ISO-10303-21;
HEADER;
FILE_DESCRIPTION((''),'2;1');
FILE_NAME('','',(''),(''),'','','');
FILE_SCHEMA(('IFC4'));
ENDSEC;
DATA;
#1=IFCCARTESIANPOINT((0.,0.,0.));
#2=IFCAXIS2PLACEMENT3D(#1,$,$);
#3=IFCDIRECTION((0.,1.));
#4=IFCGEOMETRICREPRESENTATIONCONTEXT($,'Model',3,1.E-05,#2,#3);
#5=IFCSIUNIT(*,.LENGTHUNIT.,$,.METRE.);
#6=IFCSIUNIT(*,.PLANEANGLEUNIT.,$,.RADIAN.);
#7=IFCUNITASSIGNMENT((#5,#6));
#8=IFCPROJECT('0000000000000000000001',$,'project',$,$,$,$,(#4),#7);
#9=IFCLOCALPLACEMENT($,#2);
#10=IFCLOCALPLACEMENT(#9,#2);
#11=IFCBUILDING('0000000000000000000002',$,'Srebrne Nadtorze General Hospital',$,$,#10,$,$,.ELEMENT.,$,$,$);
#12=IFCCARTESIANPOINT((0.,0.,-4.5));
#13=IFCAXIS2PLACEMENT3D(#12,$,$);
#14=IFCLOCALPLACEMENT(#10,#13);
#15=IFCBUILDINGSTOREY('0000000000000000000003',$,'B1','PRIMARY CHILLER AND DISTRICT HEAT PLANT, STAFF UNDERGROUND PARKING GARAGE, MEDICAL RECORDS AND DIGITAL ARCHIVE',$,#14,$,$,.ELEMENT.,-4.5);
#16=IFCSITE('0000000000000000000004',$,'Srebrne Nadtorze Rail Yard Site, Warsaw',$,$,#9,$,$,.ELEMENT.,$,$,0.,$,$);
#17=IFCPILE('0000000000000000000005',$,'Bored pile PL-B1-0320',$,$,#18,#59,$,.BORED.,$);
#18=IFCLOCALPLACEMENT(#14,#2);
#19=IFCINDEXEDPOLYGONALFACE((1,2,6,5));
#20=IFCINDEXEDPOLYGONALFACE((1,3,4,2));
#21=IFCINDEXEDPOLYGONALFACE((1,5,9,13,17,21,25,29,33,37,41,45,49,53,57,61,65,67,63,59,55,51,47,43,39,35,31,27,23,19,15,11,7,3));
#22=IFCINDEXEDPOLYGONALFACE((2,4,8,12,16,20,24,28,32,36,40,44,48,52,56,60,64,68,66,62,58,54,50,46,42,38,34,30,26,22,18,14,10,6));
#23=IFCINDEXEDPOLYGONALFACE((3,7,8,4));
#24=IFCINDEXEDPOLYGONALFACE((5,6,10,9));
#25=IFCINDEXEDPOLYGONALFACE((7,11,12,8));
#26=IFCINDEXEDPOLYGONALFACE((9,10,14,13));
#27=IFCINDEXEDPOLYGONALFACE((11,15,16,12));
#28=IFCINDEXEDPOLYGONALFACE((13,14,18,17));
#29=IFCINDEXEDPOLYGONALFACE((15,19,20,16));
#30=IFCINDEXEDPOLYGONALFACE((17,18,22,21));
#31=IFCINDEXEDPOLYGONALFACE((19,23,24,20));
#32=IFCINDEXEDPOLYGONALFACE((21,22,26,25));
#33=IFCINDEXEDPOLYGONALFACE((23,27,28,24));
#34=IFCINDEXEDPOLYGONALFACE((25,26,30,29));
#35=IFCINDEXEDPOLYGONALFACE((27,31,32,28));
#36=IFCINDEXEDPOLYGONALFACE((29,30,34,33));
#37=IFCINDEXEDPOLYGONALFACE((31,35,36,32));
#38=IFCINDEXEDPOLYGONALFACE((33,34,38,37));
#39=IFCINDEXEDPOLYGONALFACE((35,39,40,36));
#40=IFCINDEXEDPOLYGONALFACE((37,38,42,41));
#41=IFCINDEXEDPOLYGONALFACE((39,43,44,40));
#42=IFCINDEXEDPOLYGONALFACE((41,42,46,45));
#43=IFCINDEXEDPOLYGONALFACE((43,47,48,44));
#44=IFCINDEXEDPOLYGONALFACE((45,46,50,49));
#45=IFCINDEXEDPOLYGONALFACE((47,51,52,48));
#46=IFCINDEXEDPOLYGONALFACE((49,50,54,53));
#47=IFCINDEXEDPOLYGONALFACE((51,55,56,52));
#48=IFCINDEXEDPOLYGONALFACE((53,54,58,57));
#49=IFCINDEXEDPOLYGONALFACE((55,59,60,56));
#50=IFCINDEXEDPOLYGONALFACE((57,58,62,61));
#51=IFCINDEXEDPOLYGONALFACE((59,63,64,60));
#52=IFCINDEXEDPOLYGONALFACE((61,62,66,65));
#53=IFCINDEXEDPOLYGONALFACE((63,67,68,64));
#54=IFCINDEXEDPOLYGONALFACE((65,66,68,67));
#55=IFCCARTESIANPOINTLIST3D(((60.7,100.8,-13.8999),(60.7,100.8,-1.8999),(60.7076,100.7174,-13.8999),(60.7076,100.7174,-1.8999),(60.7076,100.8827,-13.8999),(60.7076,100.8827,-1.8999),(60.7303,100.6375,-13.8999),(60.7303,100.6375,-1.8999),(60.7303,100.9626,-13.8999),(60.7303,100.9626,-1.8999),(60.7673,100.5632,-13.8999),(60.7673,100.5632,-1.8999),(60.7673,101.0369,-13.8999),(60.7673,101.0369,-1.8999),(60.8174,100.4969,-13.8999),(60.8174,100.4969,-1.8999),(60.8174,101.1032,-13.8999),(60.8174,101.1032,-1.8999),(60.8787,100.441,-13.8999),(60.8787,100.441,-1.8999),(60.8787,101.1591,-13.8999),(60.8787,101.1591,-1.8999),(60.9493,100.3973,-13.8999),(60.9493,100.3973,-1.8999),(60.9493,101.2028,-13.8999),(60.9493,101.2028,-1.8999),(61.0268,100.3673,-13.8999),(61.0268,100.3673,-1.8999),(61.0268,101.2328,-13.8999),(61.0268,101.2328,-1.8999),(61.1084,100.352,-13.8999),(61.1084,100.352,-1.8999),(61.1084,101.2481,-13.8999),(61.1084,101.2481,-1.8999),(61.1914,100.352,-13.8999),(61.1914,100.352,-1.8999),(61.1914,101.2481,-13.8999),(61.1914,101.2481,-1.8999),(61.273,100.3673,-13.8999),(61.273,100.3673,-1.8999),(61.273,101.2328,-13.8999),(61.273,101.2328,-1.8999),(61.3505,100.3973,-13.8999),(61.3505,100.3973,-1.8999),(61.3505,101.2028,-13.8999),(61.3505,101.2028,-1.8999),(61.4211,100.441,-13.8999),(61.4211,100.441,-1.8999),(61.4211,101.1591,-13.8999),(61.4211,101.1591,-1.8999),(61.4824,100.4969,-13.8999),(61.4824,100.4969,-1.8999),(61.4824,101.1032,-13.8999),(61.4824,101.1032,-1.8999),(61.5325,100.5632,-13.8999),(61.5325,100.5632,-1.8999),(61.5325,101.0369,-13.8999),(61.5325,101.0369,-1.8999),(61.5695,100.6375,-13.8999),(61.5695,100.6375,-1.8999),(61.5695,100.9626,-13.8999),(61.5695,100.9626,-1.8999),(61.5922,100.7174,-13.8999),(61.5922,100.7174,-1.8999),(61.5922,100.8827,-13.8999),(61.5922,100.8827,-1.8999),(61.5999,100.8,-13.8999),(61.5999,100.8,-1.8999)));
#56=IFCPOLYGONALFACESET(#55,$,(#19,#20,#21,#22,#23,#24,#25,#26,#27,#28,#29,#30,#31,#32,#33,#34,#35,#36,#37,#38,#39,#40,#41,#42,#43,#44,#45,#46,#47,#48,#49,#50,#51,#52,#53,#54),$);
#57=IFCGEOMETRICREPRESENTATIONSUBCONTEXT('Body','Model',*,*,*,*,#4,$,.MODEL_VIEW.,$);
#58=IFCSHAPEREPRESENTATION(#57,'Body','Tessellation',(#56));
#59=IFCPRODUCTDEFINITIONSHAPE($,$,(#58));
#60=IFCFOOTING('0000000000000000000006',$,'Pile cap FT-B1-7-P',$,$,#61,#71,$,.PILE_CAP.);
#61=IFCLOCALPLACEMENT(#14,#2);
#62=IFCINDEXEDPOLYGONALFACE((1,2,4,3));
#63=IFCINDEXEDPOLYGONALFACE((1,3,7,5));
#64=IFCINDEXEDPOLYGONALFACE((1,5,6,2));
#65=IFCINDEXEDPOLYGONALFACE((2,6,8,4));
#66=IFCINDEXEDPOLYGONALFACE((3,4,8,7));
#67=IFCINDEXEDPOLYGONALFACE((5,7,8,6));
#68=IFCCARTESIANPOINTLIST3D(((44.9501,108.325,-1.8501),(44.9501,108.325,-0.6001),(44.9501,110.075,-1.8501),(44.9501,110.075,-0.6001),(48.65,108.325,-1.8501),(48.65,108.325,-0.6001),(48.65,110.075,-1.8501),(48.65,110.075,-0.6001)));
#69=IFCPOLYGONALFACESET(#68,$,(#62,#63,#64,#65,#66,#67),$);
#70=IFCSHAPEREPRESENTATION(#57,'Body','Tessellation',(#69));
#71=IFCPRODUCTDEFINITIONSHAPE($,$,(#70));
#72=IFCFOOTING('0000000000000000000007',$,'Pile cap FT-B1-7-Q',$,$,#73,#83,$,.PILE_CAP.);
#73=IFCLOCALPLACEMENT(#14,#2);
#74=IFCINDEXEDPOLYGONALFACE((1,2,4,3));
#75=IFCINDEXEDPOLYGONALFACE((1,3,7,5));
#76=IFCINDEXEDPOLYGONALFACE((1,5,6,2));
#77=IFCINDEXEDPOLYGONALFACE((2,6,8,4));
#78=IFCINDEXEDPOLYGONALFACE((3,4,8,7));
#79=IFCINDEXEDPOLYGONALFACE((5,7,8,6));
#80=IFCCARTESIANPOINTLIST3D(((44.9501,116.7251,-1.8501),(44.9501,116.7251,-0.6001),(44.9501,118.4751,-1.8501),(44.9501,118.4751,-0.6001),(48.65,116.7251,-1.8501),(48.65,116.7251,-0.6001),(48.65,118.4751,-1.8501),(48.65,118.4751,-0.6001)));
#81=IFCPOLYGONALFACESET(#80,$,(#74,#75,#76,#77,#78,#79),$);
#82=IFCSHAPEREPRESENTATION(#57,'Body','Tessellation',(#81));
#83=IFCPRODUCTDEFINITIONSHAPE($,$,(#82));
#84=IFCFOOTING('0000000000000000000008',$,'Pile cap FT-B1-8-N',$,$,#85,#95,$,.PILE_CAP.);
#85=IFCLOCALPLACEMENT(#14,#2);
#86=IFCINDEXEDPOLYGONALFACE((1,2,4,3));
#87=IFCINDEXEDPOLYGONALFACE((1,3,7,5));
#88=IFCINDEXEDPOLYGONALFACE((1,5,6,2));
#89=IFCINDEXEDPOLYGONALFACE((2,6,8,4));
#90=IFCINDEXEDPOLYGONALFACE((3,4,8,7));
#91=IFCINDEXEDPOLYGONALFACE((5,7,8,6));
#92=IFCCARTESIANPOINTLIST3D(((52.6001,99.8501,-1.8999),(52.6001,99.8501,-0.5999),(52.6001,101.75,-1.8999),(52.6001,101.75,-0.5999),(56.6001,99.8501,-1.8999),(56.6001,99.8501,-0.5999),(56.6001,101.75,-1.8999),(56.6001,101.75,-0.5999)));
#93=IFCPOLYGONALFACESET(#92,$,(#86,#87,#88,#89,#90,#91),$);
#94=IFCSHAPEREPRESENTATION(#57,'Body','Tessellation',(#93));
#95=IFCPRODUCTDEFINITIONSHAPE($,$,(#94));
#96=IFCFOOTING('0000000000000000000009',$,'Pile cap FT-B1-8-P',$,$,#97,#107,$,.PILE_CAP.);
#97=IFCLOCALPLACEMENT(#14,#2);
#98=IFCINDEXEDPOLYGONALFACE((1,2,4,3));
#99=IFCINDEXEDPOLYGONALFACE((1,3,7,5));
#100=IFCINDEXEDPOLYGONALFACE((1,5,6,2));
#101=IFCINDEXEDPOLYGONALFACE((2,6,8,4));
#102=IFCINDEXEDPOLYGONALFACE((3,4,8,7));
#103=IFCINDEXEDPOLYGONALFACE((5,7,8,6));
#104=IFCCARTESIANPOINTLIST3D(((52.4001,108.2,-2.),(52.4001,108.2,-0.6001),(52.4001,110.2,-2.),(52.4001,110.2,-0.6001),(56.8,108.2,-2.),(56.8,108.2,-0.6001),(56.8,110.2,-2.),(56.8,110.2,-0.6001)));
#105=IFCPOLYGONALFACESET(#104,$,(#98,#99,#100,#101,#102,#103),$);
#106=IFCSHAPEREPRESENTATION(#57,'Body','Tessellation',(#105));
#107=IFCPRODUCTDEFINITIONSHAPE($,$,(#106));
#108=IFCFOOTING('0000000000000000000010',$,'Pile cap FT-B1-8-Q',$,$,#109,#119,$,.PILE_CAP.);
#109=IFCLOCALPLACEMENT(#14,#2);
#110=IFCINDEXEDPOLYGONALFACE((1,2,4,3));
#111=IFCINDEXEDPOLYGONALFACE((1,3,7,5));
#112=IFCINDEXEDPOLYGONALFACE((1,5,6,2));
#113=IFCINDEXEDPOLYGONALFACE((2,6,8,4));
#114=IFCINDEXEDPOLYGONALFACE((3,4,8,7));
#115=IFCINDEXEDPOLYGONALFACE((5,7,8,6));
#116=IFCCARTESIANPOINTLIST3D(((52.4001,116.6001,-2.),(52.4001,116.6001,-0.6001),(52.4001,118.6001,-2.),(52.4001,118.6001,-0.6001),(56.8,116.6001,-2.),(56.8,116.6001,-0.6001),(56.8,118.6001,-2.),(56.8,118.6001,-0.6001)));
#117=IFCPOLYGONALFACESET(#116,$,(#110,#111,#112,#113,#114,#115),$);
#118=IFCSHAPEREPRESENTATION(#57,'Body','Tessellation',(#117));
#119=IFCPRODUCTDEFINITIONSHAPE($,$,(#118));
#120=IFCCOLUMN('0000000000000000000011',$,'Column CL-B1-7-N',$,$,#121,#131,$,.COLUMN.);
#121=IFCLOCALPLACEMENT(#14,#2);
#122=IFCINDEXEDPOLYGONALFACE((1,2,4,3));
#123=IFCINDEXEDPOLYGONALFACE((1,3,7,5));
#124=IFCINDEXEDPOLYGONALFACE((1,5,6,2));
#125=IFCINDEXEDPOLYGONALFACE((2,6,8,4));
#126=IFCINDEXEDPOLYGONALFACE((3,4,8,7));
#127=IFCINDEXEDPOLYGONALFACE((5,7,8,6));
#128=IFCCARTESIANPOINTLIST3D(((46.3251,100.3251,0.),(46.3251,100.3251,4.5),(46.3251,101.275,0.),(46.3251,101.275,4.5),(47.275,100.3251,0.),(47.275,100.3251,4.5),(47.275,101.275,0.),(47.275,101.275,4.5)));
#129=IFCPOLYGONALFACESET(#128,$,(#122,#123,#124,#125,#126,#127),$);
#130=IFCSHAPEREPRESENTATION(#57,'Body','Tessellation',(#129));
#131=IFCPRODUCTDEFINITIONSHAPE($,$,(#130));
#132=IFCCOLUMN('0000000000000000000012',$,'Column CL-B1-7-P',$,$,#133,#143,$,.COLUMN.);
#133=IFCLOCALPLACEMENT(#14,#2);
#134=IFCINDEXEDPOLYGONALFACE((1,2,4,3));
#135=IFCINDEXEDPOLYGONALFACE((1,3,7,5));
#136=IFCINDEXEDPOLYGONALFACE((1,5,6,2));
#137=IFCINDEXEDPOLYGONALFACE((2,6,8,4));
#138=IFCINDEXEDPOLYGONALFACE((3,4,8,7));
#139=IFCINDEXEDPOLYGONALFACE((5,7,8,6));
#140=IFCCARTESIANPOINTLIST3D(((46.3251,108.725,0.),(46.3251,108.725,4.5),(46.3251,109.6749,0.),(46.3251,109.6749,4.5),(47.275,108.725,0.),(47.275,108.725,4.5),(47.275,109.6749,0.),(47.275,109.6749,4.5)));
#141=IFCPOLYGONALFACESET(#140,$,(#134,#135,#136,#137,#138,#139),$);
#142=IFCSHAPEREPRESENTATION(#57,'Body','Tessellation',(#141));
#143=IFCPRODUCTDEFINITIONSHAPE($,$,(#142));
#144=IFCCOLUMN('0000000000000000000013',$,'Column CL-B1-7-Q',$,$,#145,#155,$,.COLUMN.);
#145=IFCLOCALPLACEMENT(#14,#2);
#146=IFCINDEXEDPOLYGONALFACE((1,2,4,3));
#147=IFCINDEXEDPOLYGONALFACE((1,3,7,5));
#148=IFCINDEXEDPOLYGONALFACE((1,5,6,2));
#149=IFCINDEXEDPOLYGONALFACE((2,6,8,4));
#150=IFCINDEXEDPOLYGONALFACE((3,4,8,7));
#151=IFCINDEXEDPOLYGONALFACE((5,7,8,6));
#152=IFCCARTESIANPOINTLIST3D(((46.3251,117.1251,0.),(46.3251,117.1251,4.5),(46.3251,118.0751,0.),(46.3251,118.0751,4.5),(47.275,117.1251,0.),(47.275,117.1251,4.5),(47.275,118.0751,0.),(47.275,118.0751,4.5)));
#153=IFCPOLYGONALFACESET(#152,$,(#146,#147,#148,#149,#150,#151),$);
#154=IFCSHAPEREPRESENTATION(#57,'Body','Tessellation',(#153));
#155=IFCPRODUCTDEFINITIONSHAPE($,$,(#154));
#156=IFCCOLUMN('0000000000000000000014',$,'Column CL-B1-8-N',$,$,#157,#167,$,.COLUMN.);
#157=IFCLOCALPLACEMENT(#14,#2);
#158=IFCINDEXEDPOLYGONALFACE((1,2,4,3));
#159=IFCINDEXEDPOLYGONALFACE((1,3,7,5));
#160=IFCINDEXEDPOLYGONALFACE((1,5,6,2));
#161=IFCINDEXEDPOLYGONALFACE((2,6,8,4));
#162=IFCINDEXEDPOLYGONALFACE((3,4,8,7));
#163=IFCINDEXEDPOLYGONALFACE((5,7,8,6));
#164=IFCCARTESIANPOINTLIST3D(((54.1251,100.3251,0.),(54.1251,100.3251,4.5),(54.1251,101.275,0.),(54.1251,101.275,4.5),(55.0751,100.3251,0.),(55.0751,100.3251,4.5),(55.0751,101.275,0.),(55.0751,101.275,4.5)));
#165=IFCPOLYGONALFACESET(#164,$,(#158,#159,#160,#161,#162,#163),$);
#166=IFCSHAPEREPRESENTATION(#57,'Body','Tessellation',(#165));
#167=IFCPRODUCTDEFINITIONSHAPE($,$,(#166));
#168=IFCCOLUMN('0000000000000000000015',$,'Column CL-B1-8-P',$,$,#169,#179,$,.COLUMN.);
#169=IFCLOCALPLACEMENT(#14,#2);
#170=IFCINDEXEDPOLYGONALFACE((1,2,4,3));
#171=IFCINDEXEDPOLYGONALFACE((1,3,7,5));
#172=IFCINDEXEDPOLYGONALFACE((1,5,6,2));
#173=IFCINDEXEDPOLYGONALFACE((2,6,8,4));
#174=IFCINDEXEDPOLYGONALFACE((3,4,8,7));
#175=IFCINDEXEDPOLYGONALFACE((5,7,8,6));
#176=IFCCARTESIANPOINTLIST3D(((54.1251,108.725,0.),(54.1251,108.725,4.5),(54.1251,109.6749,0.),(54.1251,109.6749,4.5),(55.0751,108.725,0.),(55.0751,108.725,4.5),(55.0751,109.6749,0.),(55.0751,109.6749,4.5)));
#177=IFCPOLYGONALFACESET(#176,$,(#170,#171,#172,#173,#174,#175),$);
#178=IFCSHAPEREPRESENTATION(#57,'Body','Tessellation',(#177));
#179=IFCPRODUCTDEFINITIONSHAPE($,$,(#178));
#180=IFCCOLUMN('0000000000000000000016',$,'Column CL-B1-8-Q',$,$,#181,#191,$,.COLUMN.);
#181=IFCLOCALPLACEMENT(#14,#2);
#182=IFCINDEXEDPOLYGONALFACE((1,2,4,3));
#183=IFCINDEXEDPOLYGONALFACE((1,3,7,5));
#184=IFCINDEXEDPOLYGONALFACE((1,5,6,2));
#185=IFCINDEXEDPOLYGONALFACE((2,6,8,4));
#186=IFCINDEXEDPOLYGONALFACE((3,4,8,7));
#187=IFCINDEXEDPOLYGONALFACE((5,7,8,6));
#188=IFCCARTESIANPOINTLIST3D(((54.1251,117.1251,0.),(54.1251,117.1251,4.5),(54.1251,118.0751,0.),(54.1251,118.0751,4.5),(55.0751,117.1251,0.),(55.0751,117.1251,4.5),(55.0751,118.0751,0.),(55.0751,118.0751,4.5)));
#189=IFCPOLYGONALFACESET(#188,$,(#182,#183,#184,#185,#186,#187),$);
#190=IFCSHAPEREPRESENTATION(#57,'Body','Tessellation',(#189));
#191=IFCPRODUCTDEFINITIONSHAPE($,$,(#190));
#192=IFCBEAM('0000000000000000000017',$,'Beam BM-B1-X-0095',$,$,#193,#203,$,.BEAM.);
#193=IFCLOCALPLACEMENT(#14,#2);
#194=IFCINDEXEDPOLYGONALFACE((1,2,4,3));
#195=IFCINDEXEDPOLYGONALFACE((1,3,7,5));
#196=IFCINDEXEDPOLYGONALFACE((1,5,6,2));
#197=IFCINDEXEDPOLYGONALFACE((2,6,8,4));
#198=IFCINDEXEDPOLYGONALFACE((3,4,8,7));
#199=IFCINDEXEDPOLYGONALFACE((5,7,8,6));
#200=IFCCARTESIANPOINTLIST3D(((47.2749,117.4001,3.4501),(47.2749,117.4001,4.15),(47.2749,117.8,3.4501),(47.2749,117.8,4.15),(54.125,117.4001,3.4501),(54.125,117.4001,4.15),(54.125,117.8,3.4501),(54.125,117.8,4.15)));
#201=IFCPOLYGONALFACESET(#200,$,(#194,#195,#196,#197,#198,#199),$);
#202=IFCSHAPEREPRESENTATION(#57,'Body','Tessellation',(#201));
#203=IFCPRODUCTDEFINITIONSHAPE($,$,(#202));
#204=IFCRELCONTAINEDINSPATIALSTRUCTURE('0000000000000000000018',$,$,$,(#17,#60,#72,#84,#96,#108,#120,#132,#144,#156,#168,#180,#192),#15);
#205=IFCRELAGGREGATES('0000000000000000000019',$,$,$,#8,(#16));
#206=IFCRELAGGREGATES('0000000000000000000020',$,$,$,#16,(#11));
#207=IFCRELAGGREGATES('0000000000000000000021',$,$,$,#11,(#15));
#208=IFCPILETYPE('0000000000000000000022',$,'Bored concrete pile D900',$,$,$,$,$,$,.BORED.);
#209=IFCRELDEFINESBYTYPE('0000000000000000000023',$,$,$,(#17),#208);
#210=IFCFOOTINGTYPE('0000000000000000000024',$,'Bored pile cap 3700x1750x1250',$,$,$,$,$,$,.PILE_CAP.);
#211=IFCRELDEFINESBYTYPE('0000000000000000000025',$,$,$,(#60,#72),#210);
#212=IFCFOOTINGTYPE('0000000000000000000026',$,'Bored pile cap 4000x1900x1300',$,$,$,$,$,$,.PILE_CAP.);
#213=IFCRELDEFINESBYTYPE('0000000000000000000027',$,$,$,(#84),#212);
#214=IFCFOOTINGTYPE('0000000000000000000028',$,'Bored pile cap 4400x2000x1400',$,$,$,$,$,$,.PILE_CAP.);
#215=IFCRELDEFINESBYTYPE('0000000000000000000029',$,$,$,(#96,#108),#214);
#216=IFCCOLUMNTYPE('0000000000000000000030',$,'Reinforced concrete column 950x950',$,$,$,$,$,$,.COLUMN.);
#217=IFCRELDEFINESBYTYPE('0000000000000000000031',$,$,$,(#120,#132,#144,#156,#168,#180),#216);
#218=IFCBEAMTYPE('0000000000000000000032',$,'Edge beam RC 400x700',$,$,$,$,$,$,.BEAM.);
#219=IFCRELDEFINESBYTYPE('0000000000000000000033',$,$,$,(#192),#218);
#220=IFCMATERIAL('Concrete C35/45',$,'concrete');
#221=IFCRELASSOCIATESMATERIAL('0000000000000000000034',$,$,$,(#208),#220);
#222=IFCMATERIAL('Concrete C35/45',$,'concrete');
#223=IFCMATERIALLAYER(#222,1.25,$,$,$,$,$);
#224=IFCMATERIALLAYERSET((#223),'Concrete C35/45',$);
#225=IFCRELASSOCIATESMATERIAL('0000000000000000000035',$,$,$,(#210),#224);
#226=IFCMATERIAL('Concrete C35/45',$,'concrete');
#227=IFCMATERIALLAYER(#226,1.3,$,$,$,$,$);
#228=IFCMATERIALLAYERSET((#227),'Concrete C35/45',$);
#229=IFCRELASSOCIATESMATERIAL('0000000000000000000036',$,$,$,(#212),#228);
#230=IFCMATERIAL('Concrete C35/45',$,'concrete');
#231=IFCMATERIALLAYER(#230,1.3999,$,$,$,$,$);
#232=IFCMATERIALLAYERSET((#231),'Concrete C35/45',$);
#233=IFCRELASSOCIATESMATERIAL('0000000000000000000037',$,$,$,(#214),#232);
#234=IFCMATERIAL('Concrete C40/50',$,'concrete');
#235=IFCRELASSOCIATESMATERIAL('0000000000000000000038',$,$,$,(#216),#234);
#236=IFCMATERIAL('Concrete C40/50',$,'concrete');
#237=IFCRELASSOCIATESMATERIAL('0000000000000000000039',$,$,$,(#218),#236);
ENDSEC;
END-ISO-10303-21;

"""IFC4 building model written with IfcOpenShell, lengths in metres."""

from ifc_helpers import new_model, si_unit, direction, frame, origin, origin_2d, place, context, subcontext, project, spatial, rectangle, circle, extrude, material, layer, layer_set, material_profile, profile_set, type_object, element, save


model = new_model("IFC4")

# Units and contexts
model_context = context("Model", 3, precision=1e-05, world=origin(), true_north=direction((0.0, 1.0)))
body_context = subcontext(model_context, "Body", "Model", "MODEL_VIEW")
ifc_project = project(units=[si_unit("LENGTHUNIT", "METRE"), si_unit("PLANEANGLEUNIT", "RADIAN")], contexts=[model_context])

# Site, building, storey
site_placement = place(None, origin())
site = spatial("IfcSite", under=ifc_project, at=site_placement, Name="Srebrne Nadtorze Rail Yard Site, Warsaw", CompositionType="ELEMENT", RefElevation=0.0)
building_placement = place(site_placement, origin())
building = spatial("IfcBuilding", under=site, at=building_placement, Name="Srebrne Nadtorze General Hospital", CompositionType="ELEMENT")
storey_placement = place(building_placement, frame((0.0, 0.0, -4.5)))
storey = spatial("IfcBuildingStorey", under=building, at=storey_placement, Name="B1", Description="PRIMARY CHILLER AND DISTRICT HEAT PLANT, STAFF UNDERGROUND PARKING GARAGE, MEDICAL RECORDS AND DIGITAL ARCHIVE", CompositionType="ELEMENT", Elevation=-4.5)

# Pile
ifc_material_1 = material(Name="Concrete C35/45", Category="concrete")
ifc_material_profile_1 = material_profile(ifc_material_1, circle(Radius=0.45, at=origin_2d()), Name="PILE-D900")
ifc_profile_set_1 = profile_set([ifc_material_profile_1], Name="Concrete C35/45")
pile_type_1 = type_object("IfcPileType", Name="Bored concrete pile D900", PredefinedType="BORED", material=ifc_profile_set_1)
for number, where, z_axis, x_axis, name in (
    (1, (61.1499, 100.8, -1.8999), (0.0, 0.0, -1.0), (1.0, 0.0, 0.0), "Bored pile PL-B1-0320"),
):
    element("IfcPile", number, at=place(storey_placement, frame(where, z_axis=z_axis, x_axis=x_axis)), inside=storey, type_object=pile_type_1, Name=name, PredefinedType="BORED", context=body_context, shape_type="SweptSolid", body=[
        extrude(circle(Radius=0.45, at=origin_2d()), origin(), (0.0, 0.0, 1.0), 12.0),
    ])

# Footings
ifc_material_2 = material(Name="Concrete C35/45", Category="concrete")
ifc_layer_1 = layer(ifc_material_2, 1.25)
ifc_layer_set_1 = layer_set([ifc_layer_1], Name="Concrete C35/45")
footing_type_1 = type_object("IfcFootingType", Name="Bored pile cap 3700x1750x1250", PredefinedType="PILE_CAP", material=ifc_layer_set_1)
for number, where, z_axis, x_axis, name in (
    (2, (46.8, 109.2, -1.8501), (0.0, 0.0, 1.0), (1.0, 0.0, 0.0), "Pile cap FT-B1-7-P"),
    (3, (46.8, 117.6001, -1.8501), (0.0, 0.0, 1.0), (1.0, 0.0, 0.0), "Pile cap FT-B1-7-Q"),
):
    element("IfcFooting", number, at=place(storey_placement, frame(where, z_axis=z_axis, x_axis=x_axis)), inside=storey, type_object=footing_type_1, Name=name, PredefinedType="PILE_CAP", context=body_context, shape_type="SweptSolid", body=[
        extrude(rectangle(XDim=3.7, YDim=1.75, at=origin_2d()), origin(), (0.0, 0.0, 1.0), 1.25),
    ])
ifc_material_3 = material(Name="Concrete C35/45", Category="concrete")
ifc_layer_2 = layer(ifc_material_3, 1.3)
ifc_layer_set_2 = layer_set([ifc_layer_2], Name="Concrete C35/45")
footing_type_2 = type_object("IfcFootingType", Name="Bored pile cap 4000x1900x1300", PredefinedType="PILE_CAP", material=ifc_layer_set_2)
footing_placement = place(storey_placement, frame((54.6001, 100.8, -1.8999), z_axis=(0.0, 0.0, 1.0), x_axis=(1.0, 0.0, 0.0)))
element("IfcFooting", 4, at=footing_placement, inside=storey, type_object=footing_type_2, Name="Pile cap FT-B1-8-N", PredefinedType="PILE_CAP", context=body_context, shape_type="SweptSolid", body=[
    extrude(rectangle(XDim=4.0, YDim=1.8999, at=origin_2d()), origin(), (0.0, 0.0, 1.0), 1.3),
])
ifc_material_4 = material(Name="Concrete C35/45", Category="concrete")
ifc_layer_3 = layer(ifc_material_4, 1.3999)
ifc_layer_set_3 = layer_set([ifc_layer_3], Name="Concrete C35/45")
footing_type_3 = type_object("IfcFootingType", Name="Bored pile cap 4400x2000x1400", PredefinedType="PILE_CAP", material=ifc_layer_set_3)
for number, where, z_axis, x_axis, name in (
    (5, (54.6001, 109.2, -2.0), (0.0, 0.0, 1.0), (1.0, 0.0, 0.0), "Pile cap FT-B1-8-P"),
    (6, (54.6001, 117.6001, -2.0), (0.0, 0.0, 1.0), (1.0, 0.0, 0.0), "Pile cap FT-B1-8-Q"),
):
    element("IfcFooting", number, at=place(storey_placement, frame(where, z_axis=z_axis, x_axis=x_axis)), inside=storey, type_object=footing_type_3, Name=name, PredefinedType="PILE_CAP", context=body_context, shape_type="SweptSolid", body=[
        extrude(rectangle(XDim=4.3999, YDim=2.0, at=origin_2d()), origin(), (0.0, 0.0, 1.0), 1.3999),
    ])

# Columns
ifc_material_5 = material(Name="Concrete C40/50", Category="concrete")
ifc_material_profile_2 = material_profile(ifc_material_5, rectangle(XDim=0.95, YDim=0.95, at=origin_2d()), Name="RC-COL-950x950")
ifc_profile_set_2 = profile_set([ifc_material_profile_2], Name="Concrete C40/50")
column_type = type_object("IfcColumnType", Name="Reinforced concrete column 950x950", PredefinedType="COLUMN", material=ifc_profile_set_2)
for number, where, z_axis, x_axis, name in (
    (7, (46.8, 100.8, 0.0), (0.0, 0.0, 1.0), (1.0, 0.0, 0.0), "Column CL-B1-7-N"),
    (8, (46.8, 109.2, 0.0), (0.0, 0.0, 1.0), (1.0, 0.0, 0.0), "Column CL-B1-7-P"),
    (9, (46.8, 117.6001, 0.0), (0.0, 0.0, 1.0), (1.0, 0.0, 0.0), "Column CL-B1-7-Q"),
    (10, (54.6001, 100.8, 0.0), (0.0, 0.0, 1.0), (1.0, 0.0, 0.0), "Column CL-B1-8-N"),
    (11, (54.6001, 109.2, 0.0), (0.0, 0.0, 1.0), (1.0, 0.0, 0.0), "Column CL-B1-8-P"),
    (12, (54.6001, 117.6001, 0.0), (0.0, 0.0, 1.0), (1.0, 0.0, 0.0), "Column CL-B1-8-Q"),
):
    element("IfcColumn", number, at=place(storey_placement, frame(where, z_axis=z_axis, x_axis=x_axis)), inside=storey, type_object=column_type, Name=name, PredefinedType="COLUMN", context=body_context, shape_type="SweptSolid", body=[
        extrude(rectangle(XDim=0.95, YDim=0.95, at=origin_2d()), origin(), (0.0, 0.0, 1.0), 4.5),
    ])

# Beam
ifc_material_6 = material(Name="Concrete C40/50", Category="concrete")
ifc_material_profile_3 = material_profile(ifc_material_6, rectangle(XDim=0.3999, YDim=0.7, at=origin_2d()), Name="RC-BM-400x700")
ifc_profile_set_3 = profile_set([ifc_material_profile_3], Name="Concrete C40/50")
beam_type = type_object("IfcBeamType", Name="Edge beam RC 400x700", PredefinedType="BEAM", material=ifc_profile_set_3)
beam_1_placement = place(storey_placement, frame((47.2749, 117.6001, 3.8), z_axis=(1.0, 0.0, 0.0), x_axis=(0.0, 1.0, 0.0)))
element("IfcBeam", 13, at=beam_1_placement, inside=storey, type_object=beam_type, Name="Beam BM-B1-X-0095", PredefinedType="BEAM", context=body_context, shape_type="SweptSolid", body=[
    extrude(rectangle(XDim=0.3999, YDim=0.7, at=origin_2d()), origin(), (0.0, 0.0, 1.0), 6.8501),
])

save(model, "model.ifc")
